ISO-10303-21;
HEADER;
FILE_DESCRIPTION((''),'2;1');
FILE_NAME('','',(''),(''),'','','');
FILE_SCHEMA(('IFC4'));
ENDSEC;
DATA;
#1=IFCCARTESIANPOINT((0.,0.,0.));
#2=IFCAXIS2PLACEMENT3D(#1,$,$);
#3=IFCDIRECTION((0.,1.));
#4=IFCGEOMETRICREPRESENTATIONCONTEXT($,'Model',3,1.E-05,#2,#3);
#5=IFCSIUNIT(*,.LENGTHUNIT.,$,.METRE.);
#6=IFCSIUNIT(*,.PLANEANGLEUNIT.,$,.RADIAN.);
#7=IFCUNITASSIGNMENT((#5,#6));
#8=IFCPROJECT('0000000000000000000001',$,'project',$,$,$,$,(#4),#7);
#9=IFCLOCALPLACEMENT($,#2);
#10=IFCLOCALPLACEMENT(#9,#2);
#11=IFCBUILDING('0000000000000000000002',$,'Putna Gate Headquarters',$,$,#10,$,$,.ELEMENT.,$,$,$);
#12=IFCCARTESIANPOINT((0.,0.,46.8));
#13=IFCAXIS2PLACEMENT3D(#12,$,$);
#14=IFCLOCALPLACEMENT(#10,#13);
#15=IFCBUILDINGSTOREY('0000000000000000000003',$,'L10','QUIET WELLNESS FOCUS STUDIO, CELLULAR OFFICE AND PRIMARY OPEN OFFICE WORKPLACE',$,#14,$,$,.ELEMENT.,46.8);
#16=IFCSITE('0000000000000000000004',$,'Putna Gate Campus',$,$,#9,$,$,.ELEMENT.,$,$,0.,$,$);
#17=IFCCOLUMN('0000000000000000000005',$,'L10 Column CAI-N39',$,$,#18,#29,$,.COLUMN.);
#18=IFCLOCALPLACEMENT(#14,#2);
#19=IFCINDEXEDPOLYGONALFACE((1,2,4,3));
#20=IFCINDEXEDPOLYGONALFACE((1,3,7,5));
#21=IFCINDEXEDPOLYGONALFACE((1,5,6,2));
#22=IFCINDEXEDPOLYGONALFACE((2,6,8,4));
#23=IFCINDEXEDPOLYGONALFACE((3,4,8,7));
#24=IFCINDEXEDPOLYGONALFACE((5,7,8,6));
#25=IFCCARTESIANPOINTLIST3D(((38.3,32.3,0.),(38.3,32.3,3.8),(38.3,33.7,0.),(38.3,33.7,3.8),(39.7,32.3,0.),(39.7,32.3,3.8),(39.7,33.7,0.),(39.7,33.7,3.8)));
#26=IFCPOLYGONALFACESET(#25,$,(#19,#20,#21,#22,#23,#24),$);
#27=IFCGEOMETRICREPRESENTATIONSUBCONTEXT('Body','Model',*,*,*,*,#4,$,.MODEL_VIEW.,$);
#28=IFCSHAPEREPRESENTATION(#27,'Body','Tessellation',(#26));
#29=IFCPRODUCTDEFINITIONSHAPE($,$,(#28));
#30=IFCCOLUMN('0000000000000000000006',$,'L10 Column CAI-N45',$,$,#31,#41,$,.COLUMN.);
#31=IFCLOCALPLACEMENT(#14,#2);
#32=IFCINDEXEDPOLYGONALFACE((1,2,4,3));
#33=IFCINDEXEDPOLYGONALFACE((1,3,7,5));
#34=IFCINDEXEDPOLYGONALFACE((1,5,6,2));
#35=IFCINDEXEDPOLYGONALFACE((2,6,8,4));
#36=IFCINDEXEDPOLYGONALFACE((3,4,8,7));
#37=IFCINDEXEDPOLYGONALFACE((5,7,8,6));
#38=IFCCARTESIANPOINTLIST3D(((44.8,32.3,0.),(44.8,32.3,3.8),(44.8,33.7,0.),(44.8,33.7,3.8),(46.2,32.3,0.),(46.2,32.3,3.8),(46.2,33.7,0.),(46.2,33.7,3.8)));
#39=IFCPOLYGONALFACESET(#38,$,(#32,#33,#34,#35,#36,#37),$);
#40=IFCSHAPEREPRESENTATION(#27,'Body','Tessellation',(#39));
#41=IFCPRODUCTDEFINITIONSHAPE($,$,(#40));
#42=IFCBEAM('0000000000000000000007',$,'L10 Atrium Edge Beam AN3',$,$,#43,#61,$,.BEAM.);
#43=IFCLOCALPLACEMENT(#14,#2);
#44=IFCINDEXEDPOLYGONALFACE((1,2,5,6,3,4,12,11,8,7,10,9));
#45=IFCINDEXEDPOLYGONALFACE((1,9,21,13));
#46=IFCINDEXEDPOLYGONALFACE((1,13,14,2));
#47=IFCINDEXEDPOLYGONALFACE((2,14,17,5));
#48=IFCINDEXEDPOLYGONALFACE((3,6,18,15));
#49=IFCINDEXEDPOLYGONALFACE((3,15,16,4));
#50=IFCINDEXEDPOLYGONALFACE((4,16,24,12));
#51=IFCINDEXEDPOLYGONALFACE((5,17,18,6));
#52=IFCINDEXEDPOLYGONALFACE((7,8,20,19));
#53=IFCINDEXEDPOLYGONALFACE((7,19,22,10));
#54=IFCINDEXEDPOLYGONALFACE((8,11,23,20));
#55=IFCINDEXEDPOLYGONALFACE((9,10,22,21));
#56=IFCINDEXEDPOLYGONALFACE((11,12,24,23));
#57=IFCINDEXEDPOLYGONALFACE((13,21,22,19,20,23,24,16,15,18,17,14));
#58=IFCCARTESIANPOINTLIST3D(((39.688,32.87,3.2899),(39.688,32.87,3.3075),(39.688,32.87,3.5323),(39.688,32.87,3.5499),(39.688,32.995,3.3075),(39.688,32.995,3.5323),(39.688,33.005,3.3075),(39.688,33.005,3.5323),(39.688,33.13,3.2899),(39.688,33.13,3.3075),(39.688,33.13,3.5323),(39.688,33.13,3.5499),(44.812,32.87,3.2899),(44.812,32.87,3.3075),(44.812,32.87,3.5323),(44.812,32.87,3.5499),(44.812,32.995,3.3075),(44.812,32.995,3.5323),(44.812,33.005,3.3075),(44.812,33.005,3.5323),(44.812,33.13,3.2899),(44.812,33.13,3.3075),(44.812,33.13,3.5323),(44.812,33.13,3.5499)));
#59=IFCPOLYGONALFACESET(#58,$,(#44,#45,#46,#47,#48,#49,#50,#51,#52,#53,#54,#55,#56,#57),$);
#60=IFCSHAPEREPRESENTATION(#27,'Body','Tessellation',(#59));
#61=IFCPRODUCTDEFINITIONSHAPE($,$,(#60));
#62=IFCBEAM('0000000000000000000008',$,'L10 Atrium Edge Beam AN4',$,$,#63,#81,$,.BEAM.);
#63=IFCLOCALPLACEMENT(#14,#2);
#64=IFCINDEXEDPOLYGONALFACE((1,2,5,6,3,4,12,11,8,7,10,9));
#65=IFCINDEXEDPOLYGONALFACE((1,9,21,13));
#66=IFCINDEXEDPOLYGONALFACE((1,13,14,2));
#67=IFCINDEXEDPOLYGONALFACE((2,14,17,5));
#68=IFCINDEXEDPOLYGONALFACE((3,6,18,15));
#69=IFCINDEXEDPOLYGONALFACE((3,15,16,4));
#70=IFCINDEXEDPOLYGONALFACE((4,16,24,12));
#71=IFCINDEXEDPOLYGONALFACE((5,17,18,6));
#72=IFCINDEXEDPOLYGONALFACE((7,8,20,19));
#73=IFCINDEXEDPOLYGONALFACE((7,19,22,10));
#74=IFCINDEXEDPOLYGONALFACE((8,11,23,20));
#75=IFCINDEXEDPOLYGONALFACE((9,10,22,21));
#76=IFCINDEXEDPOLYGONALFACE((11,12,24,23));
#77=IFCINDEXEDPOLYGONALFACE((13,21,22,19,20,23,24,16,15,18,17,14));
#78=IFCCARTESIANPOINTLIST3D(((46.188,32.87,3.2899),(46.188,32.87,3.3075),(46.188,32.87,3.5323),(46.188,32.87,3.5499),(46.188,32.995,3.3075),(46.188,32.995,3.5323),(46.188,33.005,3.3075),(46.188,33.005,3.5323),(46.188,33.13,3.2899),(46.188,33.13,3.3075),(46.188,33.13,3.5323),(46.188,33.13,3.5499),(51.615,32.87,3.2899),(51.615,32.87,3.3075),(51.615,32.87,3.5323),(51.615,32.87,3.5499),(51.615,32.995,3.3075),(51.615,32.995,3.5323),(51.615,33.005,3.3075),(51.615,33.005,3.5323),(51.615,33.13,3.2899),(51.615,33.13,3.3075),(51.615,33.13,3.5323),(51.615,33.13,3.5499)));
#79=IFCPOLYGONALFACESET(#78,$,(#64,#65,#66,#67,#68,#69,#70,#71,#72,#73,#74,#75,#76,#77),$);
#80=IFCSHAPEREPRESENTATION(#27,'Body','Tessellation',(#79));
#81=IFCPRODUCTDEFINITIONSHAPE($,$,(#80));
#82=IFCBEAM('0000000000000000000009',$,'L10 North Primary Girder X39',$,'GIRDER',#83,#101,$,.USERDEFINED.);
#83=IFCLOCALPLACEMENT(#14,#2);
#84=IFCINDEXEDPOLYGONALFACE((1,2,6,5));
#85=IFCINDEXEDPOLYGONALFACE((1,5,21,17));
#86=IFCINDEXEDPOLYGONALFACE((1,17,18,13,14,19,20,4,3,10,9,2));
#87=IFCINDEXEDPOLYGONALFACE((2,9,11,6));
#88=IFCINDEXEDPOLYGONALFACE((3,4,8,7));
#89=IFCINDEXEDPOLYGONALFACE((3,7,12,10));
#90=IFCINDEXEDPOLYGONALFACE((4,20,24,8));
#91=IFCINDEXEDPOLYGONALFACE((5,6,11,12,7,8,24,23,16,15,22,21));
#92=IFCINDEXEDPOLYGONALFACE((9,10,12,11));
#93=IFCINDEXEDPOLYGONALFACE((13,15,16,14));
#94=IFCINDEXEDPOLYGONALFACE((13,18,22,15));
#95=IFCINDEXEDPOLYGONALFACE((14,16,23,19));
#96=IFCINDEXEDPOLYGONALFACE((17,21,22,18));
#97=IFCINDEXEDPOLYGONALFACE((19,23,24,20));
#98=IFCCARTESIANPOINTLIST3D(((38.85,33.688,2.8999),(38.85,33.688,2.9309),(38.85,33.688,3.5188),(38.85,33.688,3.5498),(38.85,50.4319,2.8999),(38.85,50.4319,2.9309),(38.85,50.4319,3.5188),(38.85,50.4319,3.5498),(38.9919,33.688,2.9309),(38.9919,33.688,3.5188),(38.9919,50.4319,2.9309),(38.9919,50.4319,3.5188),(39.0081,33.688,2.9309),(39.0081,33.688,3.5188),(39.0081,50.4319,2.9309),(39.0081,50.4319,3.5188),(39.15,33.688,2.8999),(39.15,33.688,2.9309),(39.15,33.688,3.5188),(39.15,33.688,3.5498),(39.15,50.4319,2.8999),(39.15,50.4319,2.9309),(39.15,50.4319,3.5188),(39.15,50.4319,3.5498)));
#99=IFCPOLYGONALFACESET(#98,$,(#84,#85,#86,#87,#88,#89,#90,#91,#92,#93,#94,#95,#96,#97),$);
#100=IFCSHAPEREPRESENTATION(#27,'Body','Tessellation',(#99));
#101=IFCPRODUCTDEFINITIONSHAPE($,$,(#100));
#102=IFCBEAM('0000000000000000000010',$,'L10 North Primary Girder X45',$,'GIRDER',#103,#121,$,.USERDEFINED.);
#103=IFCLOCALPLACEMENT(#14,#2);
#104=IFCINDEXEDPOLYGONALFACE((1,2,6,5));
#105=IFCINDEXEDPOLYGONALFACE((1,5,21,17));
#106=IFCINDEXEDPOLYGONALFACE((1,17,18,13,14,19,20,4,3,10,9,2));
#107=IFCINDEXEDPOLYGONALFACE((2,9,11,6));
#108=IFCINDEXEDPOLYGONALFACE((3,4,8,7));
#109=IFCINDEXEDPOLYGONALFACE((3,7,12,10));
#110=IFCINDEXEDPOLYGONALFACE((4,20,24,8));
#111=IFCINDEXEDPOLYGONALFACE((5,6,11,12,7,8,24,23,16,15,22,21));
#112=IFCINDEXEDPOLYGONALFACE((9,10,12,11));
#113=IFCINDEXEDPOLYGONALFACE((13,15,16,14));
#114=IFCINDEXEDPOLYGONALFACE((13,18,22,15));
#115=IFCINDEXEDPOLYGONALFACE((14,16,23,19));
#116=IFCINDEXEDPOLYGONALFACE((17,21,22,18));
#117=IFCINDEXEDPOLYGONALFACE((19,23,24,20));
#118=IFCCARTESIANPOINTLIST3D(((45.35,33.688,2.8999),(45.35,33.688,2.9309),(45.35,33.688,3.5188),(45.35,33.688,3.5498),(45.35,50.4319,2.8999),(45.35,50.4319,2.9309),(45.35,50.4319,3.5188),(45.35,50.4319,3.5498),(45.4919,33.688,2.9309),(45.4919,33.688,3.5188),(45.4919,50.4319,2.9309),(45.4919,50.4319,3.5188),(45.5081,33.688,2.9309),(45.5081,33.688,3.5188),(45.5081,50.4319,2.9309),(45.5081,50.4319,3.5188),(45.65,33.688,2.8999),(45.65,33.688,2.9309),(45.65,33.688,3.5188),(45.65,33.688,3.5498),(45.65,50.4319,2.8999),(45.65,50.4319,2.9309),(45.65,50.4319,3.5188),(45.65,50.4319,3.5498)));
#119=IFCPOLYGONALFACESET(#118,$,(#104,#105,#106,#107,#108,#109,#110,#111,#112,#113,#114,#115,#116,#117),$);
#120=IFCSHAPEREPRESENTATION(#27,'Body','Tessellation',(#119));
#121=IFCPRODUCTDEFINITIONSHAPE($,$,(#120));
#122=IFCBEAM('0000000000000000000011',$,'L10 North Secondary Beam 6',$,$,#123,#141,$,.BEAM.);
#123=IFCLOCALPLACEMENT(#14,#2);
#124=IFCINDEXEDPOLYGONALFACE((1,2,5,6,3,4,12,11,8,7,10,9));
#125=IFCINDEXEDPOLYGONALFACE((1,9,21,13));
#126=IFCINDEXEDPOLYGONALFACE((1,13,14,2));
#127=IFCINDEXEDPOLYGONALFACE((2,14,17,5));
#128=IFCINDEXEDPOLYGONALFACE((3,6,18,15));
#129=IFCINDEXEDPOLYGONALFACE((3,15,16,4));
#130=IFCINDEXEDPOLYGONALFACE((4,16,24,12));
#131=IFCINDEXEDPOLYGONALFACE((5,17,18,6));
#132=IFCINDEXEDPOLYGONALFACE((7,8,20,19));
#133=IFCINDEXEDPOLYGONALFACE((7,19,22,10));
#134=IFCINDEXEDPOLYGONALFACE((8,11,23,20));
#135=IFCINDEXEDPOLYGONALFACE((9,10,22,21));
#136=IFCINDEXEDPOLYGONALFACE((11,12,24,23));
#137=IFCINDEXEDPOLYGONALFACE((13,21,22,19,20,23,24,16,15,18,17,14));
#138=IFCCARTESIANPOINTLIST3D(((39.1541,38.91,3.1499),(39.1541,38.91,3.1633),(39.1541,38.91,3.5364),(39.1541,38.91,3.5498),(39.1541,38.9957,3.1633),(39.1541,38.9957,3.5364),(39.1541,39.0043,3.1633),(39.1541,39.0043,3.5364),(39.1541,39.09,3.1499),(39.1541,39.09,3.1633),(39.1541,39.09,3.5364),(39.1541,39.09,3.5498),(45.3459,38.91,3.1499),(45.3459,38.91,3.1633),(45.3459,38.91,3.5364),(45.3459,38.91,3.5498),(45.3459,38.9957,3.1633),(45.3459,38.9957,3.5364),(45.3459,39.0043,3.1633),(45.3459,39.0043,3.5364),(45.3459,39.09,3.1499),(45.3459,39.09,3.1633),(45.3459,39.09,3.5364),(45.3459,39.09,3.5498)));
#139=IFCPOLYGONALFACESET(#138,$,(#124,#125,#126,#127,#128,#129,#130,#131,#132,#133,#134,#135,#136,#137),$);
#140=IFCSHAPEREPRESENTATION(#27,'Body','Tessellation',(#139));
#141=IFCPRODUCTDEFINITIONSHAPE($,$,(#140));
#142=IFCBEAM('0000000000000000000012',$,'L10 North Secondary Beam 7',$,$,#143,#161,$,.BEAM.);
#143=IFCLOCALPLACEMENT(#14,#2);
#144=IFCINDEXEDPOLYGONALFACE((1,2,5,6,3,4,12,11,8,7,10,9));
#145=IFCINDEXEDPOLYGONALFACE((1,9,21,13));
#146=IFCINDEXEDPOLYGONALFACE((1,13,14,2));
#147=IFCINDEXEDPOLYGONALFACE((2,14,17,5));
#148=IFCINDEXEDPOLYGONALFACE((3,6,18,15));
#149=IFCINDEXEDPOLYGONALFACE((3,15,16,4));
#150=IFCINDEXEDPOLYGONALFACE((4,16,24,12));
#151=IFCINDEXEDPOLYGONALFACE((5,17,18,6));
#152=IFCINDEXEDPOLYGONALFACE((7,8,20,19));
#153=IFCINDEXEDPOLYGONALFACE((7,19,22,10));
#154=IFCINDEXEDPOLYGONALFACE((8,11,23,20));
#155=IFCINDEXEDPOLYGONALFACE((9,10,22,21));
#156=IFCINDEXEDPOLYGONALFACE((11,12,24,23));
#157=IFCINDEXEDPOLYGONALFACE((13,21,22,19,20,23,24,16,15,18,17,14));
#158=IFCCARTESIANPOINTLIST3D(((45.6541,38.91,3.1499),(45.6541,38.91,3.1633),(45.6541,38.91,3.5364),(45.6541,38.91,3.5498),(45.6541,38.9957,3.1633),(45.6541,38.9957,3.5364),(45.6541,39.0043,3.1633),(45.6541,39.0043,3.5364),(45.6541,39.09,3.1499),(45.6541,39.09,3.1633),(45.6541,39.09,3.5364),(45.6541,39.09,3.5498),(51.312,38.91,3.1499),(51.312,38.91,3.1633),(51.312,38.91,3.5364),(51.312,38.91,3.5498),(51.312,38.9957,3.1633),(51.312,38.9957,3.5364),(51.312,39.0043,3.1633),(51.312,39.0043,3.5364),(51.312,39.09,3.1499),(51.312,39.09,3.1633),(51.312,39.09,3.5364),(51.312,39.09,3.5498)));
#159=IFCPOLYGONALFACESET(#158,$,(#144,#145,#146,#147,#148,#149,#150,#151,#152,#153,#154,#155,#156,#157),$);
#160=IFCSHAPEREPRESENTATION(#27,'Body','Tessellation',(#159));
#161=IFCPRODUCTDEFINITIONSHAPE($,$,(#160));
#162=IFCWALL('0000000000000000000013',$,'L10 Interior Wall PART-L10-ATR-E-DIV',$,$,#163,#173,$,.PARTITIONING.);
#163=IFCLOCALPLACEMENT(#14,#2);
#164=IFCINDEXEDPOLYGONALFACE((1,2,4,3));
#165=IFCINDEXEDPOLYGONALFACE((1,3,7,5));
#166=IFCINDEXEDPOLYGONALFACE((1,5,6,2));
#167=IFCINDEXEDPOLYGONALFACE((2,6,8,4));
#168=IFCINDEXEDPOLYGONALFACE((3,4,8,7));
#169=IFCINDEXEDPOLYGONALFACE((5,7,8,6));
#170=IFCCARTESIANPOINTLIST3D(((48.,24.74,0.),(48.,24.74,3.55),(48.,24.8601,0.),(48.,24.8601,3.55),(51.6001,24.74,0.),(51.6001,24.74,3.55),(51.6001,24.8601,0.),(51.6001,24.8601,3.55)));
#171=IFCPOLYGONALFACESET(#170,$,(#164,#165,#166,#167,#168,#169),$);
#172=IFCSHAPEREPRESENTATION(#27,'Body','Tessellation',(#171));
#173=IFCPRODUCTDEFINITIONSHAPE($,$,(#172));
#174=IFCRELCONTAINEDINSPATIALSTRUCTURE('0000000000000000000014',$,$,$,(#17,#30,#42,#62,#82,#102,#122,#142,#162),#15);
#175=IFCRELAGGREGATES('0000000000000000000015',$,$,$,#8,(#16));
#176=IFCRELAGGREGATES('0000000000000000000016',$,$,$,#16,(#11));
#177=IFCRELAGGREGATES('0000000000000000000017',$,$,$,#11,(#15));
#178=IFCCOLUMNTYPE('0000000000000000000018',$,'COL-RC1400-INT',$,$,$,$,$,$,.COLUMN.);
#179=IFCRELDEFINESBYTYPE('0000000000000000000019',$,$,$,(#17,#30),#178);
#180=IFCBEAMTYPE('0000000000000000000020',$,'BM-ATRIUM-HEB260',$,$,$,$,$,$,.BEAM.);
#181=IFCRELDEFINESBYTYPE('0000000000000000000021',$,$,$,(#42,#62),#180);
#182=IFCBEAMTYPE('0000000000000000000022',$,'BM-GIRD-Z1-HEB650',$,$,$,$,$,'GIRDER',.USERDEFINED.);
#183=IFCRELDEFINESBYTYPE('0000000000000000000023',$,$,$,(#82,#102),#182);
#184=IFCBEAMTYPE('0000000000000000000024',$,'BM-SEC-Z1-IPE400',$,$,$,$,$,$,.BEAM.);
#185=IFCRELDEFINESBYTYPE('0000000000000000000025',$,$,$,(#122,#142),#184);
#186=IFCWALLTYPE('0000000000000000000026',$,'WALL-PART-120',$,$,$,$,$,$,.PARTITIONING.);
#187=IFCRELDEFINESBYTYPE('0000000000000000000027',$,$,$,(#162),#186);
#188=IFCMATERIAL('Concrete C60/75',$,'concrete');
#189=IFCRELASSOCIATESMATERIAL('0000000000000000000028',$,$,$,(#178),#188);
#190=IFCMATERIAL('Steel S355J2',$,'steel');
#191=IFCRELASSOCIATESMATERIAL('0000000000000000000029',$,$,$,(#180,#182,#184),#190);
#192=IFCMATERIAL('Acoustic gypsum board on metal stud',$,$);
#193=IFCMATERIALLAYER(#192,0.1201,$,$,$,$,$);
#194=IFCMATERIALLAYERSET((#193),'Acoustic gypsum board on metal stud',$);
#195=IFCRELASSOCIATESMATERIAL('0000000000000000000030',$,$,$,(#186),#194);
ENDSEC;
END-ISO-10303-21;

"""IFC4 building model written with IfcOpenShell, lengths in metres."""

from ifc_helpers import new_model, si_unit, direction, frame, frame_2d, origin, origin_2d, place, context, subcontext, project, spatial, rectangle, i_section, extrude, material, layer, layer_set, material_profile, profile_set, type_object, element, save


model = new_model("IFC4")

# Units and contexts
model_context = context("Model", 3, precision=1e-05, world=origin(), true_north=direction((0.0, 1.0)))
body_context = subcontext(model_context, "Body", "Model", "MODEL_VIEW")
ifc_project = project(units=[si_unit("LENGTHUNIT", "METRE"), si_unit("PLANEANGLEUNIT", "RADIAN")], contexts=[model_context])

# Site, building, storey
site_placement = place(None, origin())
site = spatial("IfcSite", under=ifc_project, at=site_placement, Name="Putna Gate Campus", CompositionType="ELEMENT", RefElevation=0.0)
building_placement = place(site_placement, origin())
building = spatial("IfcBuilding", under=site, at=building_placement, Name="Putna Gate Headquarters", CompositionType="ELEMENT")
storey_placement = place(building_placement, frame((0.0, 0.0, 46.8)))
storey = spatial("IfcBuildingStorey", under=building, at=storey_placement, Name="L10", Description="QUIET WELLNESS FOCUS STUDIO, CELLULAR OFFICE AND PRIMARY OPEN OFFICE WORKPLACE", CompositionType="ELEMENT", Elevation=46.8)

# Columns
ifc_material_1 = material(Name="Concrete C60/75", Category="concrete")
ifc_material_profile_1 = material_profile(ifc_material_1, rectangle(XDim=1.3999, YDim=1.3999, at=origin_2d()), Name="Concrete C60/75")
ifc_profile_set_1 = profile_set([ifc_material_profile_1], Name="Concrete C60/75")
column_type = type_object("IfcColumnType", Name="COL-RC1400-INT", PredefinedType="COLUMN", material=ifc_profile_set_1)
for number, where, z_axis, x_axis, name in (
    (1, (39.0, 33.0, 0.0), (0.0, 0.0, 1.0), (1.0, 0.0, 0.0), "L10 Column CAI-N39"),
    (2, (45.5, 33.0, 0.0), (0.0, 0.0, 1.0), (1.0, 0.0, 0.0), "L10 Column CAI-N45"),
):
    element("IfcColumn", number, at=place(storey_placement, frame(where, z_axis=z_axis, x_axis=x_axis)), inside=storey, type_object=column_type, Name=name, PredefinedType="COLUMN", context=body_context, shape_type="SweptSolid", body=[
        extrude(rectangle(XDim=1.3999, YDim=1.3999, at=origin_2d()), origin(), (0.0, 0.0, 1.0), 3.8),
    ])

# Beams
ifc_material_2 = material(Name="Steel S355J2", Category="steel")
ifc_material_profile_2 = material_profile(ifc_material_2, i_section(OverallWidth=0.26, OverallDepth=0.26, WebThickness=0.01, FlangeThickness=0.0176, at=origin_2d()), Name="Steel S355J2")
ifc_profile_set_2 = profile_set([ifc_material_profile_2], Name="Steel S355J2")
beam_type_1 = type_object("IfcBeamType", Name="BM-ATRIUM-HEB260", PredefinedType="BEAM", material=ifc_profile_set_2)
beam_1_placement = place(storey_placement, frame((39.688, 33.0, 3.4199), z_axis=(1.0, 0.0, 0.0), x_axis=(0.0, 1.0, 0.0)))
element("IfcBeam", 3, at=beam_1_placement, inside=storey, type_object=beam_type_1, Name="L10 Atrium Edge Beam AN3", PredefinedType="BEAM", context=body_context, shape_type="SweptSolid", body=[
    extrude(i_section(OverallWidth=0.26, OverallDepth=0.26, WebThickness=0.01, FlangeThickness=0.0176, at=origin_2d()), origin(), (0.0, 0.0, 1.0), 5.124),
])
beam_2_placement = place(storey_placement, frame((46.188, 33.0, 3.4199), z_axis=(1.0, 0.0, 0.0), x_axis=(0.0, 1.0, 0.0)))
element("IfcBeam", 4, at=beam_2_placement, inside=storey, type_object=beam_type_1, Name="L10 Atrium Edge Beam AN4", PredefinedType="BEAM", context=body_context, shape_type="SweptSolid", body=[
    extrude(i_section(OverallWidth=0.26, OverallDepth=0.26, WebThickness=0.01, FlangeThickness=0.0176, at=origin_2d()), origin(), (0.0, 0.0, 1.0), 5.427),
])
ifc_material_profile_3 = material_profile(ifc_material_2, i_section(OverallWidth=0.3, OverallDepth=0.6499, WebThickness=0.0161, FlangeThickness=0.031, at=origin_2d()), Name="Steel S355J2")
ifc_profile_set_3 = profile_set([ifc_material_profile_3], Name="Steel S355J2")
beam_type_2 = type_object("IfcBeamType", Name="BM-GIRD-Z1-HEB650", ElementType="GIRDER", PredefinedType="USERDEFINED", material=ifc_profile_set_3)
for number, where, z_axis, x_axis, name in (
    (5, (39.0, 33.688, 3.2249), (0.0, 1.0, 0.0), (-1.0, 0.0, 0.0), "L10 North Primary Girder X39"),
    (6, (45.5, 33.688, 3.2249), (0.0, 1.0, 0.0), (-1.0, 0.0, 0.0), "L10 North Primary Girder X45"),
):
    element("IfcBeam", number, at=place(storey_placement, frame(where, z_axis=z_axis, x_axis=x_axis)), inside=storey, type_object=beam_type_2, Name=name, ObjectType="GIRDER", PredefinedType="USERDEFINED", context=body_context, shape_type="SweptSolid", body=[
        extrude(i_section(OverallWidth=0.3, OverallDepth=0.6499, WebThickness=0.0161, FlangeThickness=0.031, at=origin_2d()), origin(), (0.0, 0.0, 1.0), 16.7439),
    ])
ifc_material_profile_4 = material_profile(ifc_material_2, i_section(OverallWidth=0.1799, OverallDepth=0.3999, WebThickness=0.0085, FlangeThickness=0.0134, at=origin_2d()), Name="Steel S355J2")
ifc_profile_set_4 = profile_set([ifc_material_profile_4], Name="Steel S355J2")
beam_type_3 = type_object("IfcBeamType", Name="BM-SEC-Z1-IPE400", PredefinedType="BEAM", material=ifc_profile_set_4)
beam_3_placement = place(storey_placement, frame((39.1541, 39.0, 3.3499), z_axis=(1.0, 0.0, 0.0), x_axis=(0.0, 1.0, 0.0)))
element("IfcBeam", 7, at=beam_3_placement, inside=storey, type_object=beam_type_3, Name="L10 North Secondary Beam 6", PredefinedType="BEAM", context=body_context, shape_type="SweptSolid", body=[
    extrude(i_section(OverallWidth=0.1799, OverallDepth=0.3999, WebThickness=0.0085, FlangeThickness=0.0134, at=origin_2d()), origin(), (0.0, 0.0, 1.0), 6.1919),
])
beam_4_placement = place(storey_placement, frame((45.6541, 39.0, 3.3499), z_axis=(1.0, 0.0, 0.0), x_axis=(0.0, 1.0, 0.0)))
element("IfcBeam", 8, at=beam_4_placement, inside=storey, type_object=beam_type_3, Name="L10 North Secondary Beam 7", PredefinedType="BEAM", context=body_context, shape_type="SweptSolid", body=[
    extrude(i_section(OverallWidth=0.1799, OverallDepth=0.3999, WebThickness=0.0085, FlangeThickness=0.0134, at=origin_2d()), origin(), (0.0, 0.0, 1.0), 5.658),
])

# Wall
ifc_material_3 = material(Name="Acoustic gypsum board on metal stud")
ifc_layer_1 = layer(ifc_material_3, 0.1201)
ifc_layer_set_1 = layer_set([ifc_layer_1], Name="Acoustic gypsum board on metal stud")
wall_type_1 = type_object("IfcWallType", Name="WALL-PART-120", PredefinedType="PARTITIONING", material=ifc_layer_set_1)
wall_1_placement = place(storey_placement, frame((48.0, 24.8, 0.0), z_axis=(0.0, 0.0, 1.0), x_axis=(1.0, 0.0, 0.0)))
element("IfcWall", 9, at=wall_1_placement, inside=storey, type_object=wall_type_1, Name="L10 Interior Wall PART-L10-ATR-E-DIV", PredefinedType="PARTITIONING", context=body_context, shape_type="SweptSolid", body=[
    extrude(rectangle(XDim=3.6001, YDim=0.1201, at=frame_2d((1.8, 0.0))), origin(), (0.0, 0.0, 1.0), 3.55),
])

save(model, "model.ifc")
